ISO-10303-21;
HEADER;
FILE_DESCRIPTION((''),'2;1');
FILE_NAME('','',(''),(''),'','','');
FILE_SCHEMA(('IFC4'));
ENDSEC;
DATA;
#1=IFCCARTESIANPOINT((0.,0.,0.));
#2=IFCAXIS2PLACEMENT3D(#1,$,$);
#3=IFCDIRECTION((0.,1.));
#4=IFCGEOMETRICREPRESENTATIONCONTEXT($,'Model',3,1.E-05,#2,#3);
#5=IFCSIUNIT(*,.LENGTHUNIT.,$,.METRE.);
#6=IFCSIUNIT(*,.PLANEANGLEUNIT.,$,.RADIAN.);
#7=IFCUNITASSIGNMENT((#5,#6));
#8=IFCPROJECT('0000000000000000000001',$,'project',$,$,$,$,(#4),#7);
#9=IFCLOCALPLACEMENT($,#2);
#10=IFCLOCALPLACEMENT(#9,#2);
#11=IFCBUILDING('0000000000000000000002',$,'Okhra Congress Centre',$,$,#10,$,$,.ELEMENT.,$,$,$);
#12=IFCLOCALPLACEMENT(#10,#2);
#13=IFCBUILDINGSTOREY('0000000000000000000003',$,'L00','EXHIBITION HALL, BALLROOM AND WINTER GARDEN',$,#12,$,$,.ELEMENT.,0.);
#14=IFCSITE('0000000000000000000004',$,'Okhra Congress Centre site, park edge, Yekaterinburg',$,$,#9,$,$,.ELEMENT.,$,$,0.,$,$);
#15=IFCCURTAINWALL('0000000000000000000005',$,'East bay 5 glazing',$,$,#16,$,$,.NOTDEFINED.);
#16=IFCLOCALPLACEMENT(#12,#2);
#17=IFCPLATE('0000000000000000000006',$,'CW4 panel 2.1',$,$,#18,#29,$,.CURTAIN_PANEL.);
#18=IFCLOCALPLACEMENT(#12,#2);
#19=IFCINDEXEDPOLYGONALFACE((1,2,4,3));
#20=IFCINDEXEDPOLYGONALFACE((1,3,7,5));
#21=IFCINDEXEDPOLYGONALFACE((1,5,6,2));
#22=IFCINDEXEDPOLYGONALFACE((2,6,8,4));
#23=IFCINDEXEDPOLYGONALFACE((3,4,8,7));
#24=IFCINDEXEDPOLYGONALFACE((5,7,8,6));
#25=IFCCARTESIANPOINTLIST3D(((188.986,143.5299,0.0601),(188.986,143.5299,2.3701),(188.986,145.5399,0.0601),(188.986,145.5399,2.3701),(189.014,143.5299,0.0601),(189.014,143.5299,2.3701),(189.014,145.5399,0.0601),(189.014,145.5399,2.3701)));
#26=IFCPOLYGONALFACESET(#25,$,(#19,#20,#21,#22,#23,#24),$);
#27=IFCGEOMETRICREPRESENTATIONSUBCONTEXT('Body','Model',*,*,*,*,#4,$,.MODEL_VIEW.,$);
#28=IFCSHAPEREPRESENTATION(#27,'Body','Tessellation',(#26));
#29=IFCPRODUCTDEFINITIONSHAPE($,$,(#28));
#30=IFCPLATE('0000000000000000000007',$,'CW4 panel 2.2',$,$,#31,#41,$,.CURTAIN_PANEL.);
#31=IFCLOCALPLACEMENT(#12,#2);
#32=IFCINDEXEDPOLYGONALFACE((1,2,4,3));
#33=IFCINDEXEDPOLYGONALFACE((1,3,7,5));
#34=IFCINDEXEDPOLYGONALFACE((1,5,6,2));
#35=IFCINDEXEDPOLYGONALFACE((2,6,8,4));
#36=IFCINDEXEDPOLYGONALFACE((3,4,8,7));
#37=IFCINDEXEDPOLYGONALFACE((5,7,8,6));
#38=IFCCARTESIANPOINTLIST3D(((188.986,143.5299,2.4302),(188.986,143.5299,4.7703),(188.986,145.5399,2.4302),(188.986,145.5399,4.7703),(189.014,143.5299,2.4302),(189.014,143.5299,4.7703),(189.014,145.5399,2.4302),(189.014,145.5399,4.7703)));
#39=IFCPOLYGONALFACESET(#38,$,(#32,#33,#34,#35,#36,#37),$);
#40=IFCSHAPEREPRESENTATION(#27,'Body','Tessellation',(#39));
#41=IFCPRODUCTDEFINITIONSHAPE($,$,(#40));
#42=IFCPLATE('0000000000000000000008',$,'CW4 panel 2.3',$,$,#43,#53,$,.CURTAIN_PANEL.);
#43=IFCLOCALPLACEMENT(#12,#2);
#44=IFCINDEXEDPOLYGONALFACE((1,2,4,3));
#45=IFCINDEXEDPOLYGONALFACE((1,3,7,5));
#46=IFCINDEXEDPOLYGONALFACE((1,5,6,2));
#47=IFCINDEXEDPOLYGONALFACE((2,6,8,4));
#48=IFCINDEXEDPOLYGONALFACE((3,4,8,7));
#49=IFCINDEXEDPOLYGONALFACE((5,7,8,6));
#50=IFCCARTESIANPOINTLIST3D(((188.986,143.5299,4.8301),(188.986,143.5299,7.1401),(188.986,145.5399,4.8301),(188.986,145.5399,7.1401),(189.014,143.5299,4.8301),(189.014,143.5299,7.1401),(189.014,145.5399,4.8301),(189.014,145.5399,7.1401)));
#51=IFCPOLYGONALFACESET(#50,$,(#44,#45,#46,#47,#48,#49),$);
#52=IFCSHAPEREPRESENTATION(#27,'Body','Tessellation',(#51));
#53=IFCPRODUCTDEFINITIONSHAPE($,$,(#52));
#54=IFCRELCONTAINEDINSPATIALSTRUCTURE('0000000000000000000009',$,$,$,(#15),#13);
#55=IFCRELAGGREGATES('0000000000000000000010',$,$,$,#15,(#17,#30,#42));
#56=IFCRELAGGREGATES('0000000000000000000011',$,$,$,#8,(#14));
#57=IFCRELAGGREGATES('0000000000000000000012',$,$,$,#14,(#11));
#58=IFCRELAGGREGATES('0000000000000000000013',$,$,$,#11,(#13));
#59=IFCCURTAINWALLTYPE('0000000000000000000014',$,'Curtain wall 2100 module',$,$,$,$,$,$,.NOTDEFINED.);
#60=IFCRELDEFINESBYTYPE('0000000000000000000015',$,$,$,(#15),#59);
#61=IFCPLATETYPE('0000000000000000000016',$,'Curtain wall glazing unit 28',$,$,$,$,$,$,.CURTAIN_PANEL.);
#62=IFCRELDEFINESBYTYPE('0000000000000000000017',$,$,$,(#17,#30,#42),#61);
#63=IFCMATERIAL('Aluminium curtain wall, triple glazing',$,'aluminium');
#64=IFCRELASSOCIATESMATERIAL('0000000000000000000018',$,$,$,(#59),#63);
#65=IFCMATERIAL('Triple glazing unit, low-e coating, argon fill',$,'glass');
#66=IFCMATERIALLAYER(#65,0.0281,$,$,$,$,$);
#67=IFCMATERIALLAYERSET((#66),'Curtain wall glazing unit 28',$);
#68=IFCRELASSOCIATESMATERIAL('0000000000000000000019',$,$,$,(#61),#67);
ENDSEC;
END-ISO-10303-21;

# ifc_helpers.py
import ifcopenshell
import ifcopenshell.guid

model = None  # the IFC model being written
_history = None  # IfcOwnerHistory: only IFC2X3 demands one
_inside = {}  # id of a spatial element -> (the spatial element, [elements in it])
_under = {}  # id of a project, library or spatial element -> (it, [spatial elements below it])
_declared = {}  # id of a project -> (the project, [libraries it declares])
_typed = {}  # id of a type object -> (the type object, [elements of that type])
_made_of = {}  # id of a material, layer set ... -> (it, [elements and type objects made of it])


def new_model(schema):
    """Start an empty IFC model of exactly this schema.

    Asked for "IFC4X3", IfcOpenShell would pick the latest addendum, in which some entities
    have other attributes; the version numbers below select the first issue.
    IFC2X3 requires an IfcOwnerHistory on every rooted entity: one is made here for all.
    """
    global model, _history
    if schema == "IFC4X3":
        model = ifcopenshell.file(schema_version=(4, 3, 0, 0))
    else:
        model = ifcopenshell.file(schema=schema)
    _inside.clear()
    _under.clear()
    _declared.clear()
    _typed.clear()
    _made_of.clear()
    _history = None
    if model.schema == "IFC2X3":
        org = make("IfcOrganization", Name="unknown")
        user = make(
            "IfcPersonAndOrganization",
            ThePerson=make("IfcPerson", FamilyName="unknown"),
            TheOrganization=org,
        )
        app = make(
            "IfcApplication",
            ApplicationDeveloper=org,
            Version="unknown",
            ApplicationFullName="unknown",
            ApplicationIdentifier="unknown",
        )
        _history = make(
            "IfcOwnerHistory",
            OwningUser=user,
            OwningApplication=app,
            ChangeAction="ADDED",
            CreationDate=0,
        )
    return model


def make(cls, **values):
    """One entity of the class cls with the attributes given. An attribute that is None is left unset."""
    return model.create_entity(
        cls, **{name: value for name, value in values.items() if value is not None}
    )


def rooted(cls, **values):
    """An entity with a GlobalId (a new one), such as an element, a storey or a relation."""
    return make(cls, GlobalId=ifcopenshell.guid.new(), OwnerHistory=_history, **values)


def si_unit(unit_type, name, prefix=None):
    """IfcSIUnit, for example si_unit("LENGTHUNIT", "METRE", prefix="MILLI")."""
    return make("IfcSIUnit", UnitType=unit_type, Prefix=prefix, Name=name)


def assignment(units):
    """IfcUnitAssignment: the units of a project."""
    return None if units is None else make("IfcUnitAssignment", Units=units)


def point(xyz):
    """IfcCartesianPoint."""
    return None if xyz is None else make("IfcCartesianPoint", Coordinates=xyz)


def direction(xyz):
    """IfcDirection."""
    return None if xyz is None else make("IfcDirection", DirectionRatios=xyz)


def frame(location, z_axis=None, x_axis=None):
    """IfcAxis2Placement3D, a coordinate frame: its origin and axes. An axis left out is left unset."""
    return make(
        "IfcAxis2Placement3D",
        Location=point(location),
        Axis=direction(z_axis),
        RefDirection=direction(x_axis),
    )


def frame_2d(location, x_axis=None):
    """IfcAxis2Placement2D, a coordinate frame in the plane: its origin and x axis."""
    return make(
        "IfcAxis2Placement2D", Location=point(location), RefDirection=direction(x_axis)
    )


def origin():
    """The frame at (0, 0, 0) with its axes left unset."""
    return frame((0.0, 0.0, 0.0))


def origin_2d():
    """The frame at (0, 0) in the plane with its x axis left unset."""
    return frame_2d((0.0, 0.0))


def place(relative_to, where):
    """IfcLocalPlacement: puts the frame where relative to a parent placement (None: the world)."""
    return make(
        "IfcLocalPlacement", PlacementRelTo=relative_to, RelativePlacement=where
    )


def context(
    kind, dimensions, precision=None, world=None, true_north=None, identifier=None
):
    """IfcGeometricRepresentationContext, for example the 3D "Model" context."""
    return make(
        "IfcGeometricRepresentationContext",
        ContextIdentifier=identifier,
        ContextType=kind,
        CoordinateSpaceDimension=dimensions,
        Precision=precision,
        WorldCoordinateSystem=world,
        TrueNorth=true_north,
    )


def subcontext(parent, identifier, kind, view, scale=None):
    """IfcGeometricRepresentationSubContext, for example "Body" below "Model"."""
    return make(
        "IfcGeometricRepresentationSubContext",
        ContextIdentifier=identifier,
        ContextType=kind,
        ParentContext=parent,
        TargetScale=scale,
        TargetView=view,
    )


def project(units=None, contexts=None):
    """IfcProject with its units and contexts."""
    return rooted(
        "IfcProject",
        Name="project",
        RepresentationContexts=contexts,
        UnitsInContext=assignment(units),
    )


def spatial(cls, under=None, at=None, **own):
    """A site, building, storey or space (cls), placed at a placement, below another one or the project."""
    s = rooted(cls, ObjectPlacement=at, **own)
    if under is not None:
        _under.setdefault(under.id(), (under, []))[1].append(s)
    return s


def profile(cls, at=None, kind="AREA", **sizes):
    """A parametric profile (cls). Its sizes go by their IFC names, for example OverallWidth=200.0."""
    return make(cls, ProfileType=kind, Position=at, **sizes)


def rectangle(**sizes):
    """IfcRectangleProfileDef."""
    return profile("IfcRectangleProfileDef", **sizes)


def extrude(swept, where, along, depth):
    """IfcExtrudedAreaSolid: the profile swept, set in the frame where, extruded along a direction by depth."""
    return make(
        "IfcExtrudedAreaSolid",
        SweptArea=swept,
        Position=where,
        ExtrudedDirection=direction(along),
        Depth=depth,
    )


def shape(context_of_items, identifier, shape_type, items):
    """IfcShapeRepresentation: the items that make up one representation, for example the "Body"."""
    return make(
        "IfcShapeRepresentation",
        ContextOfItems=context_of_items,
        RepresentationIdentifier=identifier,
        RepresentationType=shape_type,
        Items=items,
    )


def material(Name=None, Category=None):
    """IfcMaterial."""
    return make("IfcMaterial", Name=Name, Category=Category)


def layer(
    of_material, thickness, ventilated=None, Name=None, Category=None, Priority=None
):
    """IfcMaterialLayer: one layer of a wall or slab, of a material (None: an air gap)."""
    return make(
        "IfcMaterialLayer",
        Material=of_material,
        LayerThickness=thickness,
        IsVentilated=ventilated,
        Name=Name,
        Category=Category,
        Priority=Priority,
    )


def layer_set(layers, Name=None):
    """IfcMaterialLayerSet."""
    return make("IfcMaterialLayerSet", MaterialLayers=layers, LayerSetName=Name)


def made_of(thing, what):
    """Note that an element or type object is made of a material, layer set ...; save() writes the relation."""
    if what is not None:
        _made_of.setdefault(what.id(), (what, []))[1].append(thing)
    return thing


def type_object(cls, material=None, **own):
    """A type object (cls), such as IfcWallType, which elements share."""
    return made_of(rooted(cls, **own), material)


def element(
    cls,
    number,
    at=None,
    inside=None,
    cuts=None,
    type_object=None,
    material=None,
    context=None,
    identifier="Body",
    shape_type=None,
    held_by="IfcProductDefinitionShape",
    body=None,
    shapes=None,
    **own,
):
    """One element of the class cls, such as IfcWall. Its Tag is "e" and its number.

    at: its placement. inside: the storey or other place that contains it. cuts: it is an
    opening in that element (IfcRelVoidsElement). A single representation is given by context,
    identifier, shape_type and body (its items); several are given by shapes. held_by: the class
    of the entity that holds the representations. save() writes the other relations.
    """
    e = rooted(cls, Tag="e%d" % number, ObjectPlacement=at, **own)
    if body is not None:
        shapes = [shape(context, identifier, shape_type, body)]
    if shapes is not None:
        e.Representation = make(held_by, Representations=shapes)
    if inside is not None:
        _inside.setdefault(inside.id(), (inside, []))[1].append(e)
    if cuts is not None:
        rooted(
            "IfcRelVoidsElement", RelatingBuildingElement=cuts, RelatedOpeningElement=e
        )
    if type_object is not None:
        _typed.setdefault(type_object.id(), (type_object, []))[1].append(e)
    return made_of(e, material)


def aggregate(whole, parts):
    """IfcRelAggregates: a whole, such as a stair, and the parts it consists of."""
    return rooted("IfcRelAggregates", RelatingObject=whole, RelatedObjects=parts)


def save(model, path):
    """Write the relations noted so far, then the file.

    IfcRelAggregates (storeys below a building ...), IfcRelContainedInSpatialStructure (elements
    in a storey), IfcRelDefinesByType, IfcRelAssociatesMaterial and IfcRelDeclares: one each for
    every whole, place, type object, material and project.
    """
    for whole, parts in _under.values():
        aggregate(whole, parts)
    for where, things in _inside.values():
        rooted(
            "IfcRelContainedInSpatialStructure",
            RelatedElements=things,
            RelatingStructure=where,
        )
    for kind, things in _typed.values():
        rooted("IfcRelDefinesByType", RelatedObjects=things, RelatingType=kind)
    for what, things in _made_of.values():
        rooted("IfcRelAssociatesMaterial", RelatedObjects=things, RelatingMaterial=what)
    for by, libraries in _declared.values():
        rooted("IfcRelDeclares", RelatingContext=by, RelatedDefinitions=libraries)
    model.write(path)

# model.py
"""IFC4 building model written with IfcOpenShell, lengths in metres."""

from ifc_helpers import new_model, si_unit, direction, frame, origin, origin_2d, place, context, subcontext, project, spatial, rectangle, extrude, material, layer, layer_set, type_object, element, aggregate, save


model = new_model("IFC4")

# Units and contexts
model_context = context("Model", 3, precision=1e-05, world=origin(), true_north=direction((0.0, 1.0)))
body_context = subcontext(model_context, "Body", "Model", "MODEL_VIEW")
ifc_project = project(units=[si_unit("LENGTHUNIT", "METRE"), si_unit("PLANEANGLEUNIT", "RADIAN")], contexts=[model_context])

# Site, building, storey
site_placement = place(None, origin())
site = spatial("IfcSite", under=ifc_project, at=site_placement, Name="Okhra Congress Centre site, park edge, Yekaterinburg", CompositionType="ELEMENT", RefElevation=0.0)
building_placement = place(site_placement, origin())
building = spatial("IfcBuilding", under=site, at=building_placement, Name="Okhra Congress Centre", CompositionType="ELEMENT")
storey_placement = place(building_placement, origin())
storey = spatial("IfcBuildingStorey", under=building, at=storey_placement, Name="L00", Description="EXHIBITION HALL, BALLROOM AND WINTER GARDEN", CompositionType="ELEMENT", Elevation=0.0)

# Curtain wall
ifc_material_1 = material(Name="Aluminium curtain wall, triple glazing", Category="aluminium")
curtain_wall_type = type_object("IfcCurtainWallType", Name="Curtain wall 2100 module", PredefinedType="NOTDEFINED", material=ifc_material_1)
curtain_wall_1_placement = place(storey_placement, origin())
curtain_wall_1 = element("IfcCurtainWall", 1, at=curtain_wall_1_placement, inside=storey, type_object=curtain_wall_type, Name="East bay 5 glazing", PredefinedType="NOTDEFINED")

# Plates
ifc_material_2 = material(Name="Triple glazing unit, low-e coating, argon fill", Category="glass")
ifc_layer = layer(ifc_material_2, 0.0281)
ifc_layer_set = layer_set([ifc_layer], Name="Curtain wall glazing unit 28")
plate_type = type_object("IfcPlateType", Name="Curtain wall glazing unit 28", PredefinedType="CURTAIN_PANEL", material=ifc_layer_set)
plate_1_placement = place(storey_placement, frame((189.0, 144.5349, 0.0601), z_axis=(0.0, 0.0, 1.0), x_axis=(0.0, 1.0, 0.0)))
plate_1 = element("IfcPlate", 2, at=plate_1_placement, type_object=plate_type, Name="CW4 panel 2.1", PredefinedType="CURTAIN_PANEL", context=body_context, shape_type="SweptSolid", body=[
    extrude(rectangle(XDim=2.01, YDim=0.0281, at=origin_2d()), origin(), (0.0, 0.0, 1.0), 2.3101),
])
plate_2_placement = place(storey_placement, frame((189.0, 144.5349, 2.4302), z_axis=(0.0, 0.0, 1.0), x_axis=(0.0, 1.0, 0.0)))
plate_2 = element("IfcPlate", 3, at=plate_2_placement, type_object=plate_type, Name="CW4 panel 2.2", PredefinedType="CURTAIN_PANEL", context=body_context, shape_type="SweptSolid", body=[
    extrude(rectangle(XDim=2.01, YDim=0.0281, at=origin_2d()), origin(), (0.0, 0.0, 1.0), 2.3401),
])
plate_3_placement = place(storey_placement, frame((189.0, 144.5349, 4.8301), z_axis=(0.0, 0.0, 1.0), x_axis=(0.0, 1.0, 0.0)))
plate_3 = element("IfcPlate", 4, at=plate_3_placement, type_object=plate_type, Name="CW4 panel 2.3", PredefinedType="CURTAIN_PANEL", context=body_context, shape_type="SweptSolid", body=[
    extrude(rectangle(XDim=2.01, YDim=0.0281, at=origin_2d()), origin(), (0.0, 0.0, 1.0), 2.3101),
])
aggregate(curtain_wall_1, [plate_1, plate_2, plate_3])

save(model, "model.ifc")
